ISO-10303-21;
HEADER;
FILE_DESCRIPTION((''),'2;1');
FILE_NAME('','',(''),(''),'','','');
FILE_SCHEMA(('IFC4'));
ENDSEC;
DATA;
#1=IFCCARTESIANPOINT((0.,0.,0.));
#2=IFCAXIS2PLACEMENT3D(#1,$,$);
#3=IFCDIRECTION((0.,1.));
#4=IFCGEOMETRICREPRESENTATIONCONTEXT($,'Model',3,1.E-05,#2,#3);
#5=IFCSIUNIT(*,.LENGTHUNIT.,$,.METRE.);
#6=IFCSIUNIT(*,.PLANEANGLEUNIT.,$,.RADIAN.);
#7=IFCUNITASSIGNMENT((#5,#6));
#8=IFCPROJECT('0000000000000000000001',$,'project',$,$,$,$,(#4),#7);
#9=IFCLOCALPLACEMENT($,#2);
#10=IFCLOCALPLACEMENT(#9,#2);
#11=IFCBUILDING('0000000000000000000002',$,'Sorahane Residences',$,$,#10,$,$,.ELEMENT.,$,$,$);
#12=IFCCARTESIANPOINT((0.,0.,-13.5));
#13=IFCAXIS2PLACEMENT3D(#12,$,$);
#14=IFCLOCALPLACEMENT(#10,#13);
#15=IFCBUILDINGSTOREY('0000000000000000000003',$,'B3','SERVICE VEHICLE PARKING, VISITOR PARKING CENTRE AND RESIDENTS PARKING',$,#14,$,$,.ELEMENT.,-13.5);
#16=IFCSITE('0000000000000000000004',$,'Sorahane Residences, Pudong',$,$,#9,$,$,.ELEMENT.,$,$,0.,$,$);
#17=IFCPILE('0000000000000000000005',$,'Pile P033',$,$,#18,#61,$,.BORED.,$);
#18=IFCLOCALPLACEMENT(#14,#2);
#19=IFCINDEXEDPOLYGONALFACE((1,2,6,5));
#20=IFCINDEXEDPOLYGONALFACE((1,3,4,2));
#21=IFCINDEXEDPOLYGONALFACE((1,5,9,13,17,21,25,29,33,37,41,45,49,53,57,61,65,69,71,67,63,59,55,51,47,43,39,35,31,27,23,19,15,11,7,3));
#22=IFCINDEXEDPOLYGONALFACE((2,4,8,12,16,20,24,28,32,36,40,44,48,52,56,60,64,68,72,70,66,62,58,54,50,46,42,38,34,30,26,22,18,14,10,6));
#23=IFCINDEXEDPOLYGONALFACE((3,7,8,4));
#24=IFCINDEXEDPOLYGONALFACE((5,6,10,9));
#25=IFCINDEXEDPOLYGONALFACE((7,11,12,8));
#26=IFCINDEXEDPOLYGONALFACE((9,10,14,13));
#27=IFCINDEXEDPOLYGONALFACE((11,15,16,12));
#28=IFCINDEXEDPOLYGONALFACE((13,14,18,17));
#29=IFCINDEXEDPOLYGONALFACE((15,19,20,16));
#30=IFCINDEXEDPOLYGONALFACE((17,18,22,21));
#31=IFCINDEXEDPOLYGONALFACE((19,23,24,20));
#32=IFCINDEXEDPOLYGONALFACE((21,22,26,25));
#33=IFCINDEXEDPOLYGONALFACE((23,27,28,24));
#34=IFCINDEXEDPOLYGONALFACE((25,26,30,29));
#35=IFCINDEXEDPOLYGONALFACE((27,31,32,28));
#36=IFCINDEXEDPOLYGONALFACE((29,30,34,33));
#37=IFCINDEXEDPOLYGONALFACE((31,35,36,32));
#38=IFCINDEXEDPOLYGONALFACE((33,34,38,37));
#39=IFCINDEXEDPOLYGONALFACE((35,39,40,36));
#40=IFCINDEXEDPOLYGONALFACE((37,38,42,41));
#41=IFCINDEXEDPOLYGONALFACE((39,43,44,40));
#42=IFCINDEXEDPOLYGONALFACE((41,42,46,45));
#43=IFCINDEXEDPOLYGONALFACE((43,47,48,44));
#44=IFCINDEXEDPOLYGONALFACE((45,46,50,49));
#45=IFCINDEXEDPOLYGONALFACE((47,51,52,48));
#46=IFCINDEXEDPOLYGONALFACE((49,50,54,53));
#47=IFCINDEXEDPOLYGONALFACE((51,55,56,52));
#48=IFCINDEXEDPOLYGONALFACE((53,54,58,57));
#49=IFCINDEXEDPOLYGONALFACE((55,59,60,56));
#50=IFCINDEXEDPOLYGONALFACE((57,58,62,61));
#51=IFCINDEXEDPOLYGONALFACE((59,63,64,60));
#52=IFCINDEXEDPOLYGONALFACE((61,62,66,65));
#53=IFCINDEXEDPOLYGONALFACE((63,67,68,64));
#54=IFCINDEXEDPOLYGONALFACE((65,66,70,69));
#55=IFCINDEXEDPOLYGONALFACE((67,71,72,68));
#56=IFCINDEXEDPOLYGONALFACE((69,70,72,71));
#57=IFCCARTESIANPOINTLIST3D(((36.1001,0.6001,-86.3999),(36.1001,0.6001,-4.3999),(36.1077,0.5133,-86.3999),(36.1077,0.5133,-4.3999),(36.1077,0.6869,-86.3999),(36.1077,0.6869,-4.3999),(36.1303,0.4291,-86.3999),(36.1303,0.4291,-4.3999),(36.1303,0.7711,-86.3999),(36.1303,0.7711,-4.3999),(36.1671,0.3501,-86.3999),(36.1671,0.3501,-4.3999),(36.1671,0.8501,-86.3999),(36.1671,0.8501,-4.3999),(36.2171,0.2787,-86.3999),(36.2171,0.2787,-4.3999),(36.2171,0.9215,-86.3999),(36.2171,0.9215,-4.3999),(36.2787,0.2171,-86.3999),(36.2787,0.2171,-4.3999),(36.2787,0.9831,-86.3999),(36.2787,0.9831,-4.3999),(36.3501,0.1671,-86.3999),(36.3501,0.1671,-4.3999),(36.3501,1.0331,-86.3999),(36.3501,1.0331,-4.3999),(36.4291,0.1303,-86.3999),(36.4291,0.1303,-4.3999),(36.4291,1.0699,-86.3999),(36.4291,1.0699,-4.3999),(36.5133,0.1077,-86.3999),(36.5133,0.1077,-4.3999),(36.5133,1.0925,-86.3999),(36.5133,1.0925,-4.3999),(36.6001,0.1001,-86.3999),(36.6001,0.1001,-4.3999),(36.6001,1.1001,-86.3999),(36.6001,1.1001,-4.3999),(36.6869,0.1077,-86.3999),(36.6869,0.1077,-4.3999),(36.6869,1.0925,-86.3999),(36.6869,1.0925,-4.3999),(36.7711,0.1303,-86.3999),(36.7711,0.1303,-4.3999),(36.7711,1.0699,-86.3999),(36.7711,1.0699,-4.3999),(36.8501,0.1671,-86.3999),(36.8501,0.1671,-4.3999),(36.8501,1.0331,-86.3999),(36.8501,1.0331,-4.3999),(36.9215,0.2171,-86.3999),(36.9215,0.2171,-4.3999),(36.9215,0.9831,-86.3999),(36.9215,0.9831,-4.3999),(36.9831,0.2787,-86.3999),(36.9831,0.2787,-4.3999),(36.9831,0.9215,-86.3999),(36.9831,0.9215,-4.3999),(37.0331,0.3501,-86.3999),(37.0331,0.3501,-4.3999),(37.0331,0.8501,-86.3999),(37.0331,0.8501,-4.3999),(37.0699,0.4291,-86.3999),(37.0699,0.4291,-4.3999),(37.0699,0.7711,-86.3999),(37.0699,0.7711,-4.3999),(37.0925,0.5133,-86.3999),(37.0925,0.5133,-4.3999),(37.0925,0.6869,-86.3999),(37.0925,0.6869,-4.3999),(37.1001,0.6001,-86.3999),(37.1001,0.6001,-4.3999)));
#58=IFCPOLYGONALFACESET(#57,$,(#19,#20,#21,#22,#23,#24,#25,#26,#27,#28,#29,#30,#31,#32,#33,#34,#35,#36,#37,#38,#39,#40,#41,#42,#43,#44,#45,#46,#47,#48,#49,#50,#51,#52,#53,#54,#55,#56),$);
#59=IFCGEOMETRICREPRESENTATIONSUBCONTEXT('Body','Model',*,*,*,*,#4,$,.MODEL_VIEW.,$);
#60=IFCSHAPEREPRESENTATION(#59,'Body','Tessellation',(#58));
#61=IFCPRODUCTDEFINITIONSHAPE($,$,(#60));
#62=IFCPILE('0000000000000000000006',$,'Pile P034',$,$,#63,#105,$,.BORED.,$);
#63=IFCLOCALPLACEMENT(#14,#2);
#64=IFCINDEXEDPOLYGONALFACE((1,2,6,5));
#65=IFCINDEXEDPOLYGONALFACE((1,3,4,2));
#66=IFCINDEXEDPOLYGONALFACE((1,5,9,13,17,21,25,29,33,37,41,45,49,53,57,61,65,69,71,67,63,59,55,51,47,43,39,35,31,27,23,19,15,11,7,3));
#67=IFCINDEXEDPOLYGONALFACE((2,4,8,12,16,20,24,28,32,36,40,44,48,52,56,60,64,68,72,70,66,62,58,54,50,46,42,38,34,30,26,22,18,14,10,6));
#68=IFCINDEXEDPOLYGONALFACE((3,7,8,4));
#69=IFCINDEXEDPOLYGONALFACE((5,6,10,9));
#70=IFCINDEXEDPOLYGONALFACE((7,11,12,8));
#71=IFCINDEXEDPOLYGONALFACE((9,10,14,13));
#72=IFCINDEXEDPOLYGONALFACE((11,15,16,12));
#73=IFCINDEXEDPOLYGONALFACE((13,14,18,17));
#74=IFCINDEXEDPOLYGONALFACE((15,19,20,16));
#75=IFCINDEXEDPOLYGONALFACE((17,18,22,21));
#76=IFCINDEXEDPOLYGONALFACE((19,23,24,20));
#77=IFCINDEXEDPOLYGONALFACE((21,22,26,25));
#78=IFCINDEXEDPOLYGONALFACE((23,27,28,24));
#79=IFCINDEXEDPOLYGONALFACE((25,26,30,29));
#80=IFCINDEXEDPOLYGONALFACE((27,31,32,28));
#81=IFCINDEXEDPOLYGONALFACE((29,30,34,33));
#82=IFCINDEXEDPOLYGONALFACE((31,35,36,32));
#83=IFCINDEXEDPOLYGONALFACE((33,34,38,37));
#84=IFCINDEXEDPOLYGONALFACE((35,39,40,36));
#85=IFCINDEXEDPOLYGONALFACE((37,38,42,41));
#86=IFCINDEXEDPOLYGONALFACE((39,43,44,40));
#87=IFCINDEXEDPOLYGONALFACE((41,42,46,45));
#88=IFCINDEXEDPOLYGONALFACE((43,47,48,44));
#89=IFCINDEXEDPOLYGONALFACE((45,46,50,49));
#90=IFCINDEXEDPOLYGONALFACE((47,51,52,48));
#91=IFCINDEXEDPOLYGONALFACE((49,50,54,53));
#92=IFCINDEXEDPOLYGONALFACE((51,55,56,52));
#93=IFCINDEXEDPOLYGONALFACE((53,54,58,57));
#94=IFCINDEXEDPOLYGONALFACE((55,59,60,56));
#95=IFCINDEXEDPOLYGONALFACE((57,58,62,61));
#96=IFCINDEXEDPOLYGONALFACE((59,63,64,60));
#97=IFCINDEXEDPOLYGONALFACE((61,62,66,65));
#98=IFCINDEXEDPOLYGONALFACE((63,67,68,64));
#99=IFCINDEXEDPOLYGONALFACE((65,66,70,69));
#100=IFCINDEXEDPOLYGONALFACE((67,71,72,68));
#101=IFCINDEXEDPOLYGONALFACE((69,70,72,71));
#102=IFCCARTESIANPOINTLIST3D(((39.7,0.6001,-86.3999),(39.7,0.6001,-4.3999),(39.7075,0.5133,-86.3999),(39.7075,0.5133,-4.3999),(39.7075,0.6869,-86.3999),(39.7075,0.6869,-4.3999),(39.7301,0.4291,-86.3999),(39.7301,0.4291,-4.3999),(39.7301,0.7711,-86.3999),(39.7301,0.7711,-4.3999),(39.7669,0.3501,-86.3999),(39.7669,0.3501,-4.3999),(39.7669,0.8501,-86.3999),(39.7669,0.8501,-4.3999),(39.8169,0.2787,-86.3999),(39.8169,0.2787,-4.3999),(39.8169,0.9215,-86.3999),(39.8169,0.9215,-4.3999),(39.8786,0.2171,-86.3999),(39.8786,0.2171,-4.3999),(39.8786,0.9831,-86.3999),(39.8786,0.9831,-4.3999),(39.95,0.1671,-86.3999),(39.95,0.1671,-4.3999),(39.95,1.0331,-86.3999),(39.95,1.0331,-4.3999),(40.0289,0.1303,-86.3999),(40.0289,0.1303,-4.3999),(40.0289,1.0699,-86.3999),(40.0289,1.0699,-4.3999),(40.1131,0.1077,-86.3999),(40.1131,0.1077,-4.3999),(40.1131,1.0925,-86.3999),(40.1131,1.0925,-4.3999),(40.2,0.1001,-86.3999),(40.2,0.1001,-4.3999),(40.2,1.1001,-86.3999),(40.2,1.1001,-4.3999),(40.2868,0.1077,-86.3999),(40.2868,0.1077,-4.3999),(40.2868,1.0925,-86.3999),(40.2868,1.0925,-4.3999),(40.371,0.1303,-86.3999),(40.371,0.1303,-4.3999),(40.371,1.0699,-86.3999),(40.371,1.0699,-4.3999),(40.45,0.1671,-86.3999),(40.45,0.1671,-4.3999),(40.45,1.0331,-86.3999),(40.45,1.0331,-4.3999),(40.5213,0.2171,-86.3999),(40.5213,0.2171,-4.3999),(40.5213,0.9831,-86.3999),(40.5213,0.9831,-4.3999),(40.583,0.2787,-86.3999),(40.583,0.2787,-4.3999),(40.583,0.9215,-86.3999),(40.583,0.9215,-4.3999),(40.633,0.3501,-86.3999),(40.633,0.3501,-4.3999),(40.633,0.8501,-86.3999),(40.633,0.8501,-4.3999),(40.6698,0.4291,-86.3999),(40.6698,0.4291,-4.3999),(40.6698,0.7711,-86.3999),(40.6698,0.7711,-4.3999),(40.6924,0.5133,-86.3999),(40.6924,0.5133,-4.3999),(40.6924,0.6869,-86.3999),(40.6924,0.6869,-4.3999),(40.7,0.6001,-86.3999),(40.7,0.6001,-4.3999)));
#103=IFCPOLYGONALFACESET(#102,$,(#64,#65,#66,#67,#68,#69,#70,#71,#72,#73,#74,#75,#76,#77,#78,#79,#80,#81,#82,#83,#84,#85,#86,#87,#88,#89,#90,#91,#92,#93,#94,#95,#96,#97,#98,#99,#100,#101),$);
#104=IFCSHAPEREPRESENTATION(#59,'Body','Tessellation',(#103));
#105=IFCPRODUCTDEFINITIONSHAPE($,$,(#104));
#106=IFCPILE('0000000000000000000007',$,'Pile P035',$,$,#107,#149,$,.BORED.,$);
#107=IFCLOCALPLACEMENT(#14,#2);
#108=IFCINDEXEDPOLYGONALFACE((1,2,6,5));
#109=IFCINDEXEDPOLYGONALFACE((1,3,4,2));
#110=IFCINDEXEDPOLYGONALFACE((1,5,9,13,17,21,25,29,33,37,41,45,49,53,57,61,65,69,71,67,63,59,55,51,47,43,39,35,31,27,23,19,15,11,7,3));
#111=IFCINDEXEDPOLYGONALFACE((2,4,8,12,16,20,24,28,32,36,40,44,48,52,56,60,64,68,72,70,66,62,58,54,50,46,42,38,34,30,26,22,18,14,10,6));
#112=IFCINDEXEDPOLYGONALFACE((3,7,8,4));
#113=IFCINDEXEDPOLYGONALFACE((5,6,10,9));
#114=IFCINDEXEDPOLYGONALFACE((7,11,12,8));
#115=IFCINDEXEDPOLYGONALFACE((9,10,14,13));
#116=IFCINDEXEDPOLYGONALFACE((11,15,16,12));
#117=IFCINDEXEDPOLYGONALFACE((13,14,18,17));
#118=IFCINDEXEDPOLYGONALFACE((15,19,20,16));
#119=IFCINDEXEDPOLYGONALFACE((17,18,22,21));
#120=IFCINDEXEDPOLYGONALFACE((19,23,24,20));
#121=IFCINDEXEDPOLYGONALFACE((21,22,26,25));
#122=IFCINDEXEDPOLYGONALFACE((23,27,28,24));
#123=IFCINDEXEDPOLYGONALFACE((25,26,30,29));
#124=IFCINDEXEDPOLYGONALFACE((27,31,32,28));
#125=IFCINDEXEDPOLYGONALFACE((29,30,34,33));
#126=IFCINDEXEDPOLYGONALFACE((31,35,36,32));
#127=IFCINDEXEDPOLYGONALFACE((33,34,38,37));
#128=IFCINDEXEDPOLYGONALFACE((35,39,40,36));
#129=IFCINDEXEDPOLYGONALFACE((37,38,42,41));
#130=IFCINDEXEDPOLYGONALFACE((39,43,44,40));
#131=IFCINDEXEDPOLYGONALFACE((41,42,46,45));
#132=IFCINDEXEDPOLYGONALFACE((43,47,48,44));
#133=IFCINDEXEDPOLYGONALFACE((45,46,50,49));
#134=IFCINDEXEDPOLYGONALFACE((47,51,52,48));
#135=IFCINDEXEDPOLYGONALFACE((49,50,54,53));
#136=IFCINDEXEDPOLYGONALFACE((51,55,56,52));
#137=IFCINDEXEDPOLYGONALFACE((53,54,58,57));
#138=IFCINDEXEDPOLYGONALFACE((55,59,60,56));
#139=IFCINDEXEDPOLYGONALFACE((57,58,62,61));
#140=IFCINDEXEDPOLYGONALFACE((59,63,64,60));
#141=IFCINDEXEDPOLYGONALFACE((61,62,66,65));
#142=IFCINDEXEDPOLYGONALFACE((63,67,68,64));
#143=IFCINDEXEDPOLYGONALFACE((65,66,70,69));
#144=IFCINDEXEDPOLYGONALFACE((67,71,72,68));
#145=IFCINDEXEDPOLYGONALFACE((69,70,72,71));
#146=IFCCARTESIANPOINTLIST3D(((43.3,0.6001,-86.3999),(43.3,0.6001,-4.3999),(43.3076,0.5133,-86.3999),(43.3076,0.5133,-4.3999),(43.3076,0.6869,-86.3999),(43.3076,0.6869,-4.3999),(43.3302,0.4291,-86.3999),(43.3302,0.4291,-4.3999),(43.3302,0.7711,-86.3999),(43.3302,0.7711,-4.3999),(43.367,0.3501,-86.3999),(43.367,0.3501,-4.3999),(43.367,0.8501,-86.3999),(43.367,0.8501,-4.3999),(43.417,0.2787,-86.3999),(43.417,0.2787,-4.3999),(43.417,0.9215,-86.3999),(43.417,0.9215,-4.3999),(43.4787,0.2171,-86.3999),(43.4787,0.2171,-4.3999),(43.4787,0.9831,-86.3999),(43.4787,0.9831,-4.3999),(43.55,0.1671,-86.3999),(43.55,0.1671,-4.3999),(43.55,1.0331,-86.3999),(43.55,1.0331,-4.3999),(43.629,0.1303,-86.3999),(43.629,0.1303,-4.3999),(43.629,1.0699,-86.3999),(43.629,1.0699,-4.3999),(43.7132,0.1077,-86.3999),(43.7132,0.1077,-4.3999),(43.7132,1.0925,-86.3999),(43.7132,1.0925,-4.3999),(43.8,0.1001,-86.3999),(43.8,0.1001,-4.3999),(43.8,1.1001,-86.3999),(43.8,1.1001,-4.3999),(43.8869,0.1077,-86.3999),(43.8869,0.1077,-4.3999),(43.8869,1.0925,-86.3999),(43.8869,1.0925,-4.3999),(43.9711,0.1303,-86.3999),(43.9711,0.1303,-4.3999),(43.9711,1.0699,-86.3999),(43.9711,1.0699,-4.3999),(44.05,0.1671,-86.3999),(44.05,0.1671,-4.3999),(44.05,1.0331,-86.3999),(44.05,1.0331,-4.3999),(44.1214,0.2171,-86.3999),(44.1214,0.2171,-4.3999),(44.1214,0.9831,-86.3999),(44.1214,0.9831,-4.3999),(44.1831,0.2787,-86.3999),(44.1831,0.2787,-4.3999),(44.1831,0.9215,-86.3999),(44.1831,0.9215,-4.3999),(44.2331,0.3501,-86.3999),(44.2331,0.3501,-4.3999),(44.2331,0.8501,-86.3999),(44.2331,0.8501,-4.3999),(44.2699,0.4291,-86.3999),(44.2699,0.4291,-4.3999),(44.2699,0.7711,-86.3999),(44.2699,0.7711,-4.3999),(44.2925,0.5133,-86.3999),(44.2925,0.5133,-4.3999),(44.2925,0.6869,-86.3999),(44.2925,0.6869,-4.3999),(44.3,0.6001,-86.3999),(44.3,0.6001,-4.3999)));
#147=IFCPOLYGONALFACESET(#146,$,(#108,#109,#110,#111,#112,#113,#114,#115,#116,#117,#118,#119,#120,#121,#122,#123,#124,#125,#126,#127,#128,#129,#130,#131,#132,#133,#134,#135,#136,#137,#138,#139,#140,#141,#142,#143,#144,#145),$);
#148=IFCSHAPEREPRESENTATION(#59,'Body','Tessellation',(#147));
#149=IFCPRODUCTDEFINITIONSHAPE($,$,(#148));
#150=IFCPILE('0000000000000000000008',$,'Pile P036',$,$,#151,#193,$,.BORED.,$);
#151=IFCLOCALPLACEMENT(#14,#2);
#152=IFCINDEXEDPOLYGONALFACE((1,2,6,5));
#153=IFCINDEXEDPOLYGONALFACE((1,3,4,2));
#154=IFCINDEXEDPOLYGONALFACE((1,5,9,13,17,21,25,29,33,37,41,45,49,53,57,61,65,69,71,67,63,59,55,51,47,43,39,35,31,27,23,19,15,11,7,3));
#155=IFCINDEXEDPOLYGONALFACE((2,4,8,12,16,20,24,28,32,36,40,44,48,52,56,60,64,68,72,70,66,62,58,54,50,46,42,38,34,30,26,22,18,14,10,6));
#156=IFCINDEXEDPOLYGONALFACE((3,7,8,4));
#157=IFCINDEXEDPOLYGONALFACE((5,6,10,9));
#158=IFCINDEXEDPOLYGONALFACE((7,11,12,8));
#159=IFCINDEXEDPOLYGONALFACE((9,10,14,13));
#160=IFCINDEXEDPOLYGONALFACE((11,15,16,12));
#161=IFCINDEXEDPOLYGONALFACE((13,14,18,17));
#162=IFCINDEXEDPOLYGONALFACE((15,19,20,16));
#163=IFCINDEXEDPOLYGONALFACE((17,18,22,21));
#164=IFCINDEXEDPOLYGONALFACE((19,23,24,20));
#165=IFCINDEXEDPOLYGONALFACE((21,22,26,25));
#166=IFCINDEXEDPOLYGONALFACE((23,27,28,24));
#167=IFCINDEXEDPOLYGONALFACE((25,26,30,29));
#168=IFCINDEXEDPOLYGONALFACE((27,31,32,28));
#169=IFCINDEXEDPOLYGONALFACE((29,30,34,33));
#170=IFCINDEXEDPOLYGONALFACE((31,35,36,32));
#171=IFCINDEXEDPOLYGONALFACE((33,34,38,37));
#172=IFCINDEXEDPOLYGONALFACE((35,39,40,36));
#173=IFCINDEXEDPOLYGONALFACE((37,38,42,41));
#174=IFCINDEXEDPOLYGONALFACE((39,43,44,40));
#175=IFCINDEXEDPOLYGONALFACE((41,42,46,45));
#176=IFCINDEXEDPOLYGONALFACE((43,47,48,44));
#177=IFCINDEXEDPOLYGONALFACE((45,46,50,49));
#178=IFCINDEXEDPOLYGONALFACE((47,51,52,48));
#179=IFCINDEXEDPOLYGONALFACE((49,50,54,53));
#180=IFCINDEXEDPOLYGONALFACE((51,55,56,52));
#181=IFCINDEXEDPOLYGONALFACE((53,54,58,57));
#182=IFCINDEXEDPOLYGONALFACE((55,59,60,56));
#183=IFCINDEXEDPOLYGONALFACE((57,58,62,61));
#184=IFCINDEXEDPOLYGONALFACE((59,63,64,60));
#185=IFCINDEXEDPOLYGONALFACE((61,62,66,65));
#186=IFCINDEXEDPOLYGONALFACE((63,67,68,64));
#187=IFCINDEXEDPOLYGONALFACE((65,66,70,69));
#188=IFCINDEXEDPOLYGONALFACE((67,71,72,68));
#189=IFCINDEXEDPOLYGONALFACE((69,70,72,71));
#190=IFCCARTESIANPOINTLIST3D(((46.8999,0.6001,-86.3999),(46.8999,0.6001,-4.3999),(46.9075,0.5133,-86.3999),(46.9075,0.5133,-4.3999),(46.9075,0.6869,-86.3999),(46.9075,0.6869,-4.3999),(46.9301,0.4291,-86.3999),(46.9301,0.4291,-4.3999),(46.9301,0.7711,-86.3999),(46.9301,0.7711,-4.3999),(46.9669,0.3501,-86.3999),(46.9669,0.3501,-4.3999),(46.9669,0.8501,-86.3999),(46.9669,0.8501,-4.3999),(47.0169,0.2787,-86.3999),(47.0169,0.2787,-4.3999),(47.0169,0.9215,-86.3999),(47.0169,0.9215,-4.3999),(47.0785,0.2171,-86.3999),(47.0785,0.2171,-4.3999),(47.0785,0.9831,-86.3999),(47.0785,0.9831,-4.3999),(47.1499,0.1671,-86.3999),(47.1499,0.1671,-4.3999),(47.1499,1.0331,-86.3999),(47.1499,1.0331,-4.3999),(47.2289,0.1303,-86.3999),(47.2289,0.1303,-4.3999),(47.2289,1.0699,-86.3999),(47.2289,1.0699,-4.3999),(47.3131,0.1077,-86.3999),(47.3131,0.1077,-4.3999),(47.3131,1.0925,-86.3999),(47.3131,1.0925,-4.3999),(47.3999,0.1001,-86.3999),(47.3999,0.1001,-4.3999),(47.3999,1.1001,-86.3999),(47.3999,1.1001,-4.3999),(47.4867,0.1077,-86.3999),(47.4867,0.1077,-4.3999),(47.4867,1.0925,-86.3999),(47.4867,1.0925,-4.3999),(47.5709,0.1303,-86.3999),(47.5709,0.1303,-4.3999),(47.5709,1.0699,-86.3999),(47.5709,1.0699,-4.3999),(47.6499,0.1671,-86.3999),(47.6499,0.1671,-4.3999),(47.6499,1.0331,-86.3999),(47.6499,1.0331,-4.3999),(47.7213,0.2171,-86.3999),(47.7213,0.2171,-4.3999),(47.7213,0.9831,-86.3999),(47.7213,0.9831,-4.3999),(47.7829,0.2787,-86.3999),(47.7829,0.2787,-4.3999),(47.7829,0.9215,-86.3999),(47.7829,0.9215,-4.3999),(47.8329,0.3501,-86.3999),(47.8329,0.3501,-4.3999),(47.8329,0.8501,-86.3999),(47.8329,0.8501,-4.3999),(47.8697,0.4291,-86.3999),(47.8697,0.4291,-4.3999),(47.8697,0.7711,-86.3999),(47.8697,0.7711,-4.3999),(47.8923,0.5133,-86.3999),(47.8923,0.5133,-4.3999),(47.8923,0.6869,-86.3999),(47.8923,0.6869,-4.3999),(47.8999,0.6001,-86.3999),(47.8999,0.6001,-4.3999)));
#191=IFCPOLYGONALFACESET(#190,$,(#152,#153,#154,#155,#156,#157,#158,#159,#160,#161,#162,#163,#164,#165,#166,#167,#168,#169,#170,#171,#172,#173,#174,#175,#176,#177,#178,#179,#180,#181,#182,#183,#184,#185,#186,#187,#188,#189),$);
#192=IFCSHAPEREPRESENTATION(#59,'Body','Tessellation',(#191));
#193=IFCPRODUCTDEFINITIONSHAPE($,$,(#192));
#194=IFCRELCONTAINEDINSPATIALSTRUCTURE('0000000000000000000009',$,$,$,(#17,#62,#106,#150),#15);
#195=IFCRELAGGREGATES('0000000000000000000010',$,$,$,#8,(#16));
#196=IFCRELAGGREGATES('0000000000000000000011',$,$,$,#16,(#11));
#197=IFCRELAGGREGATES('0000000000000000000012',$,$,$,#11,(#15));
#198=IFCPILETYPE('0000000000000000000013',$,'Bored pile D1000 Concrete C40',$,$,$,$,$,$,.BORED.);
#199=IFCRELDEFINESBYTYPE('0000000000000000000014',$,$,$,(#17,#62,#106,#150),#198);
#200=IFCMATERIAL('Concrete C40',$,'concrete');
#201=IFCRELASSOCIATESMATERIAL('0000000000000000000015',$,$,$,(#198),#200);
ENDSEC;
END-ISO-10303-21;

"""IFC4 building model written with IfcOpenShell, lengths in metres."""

from ifc_helpers import new_model, si_unit, direction, frame, origin, origin_2d, place, context, subcontext, project, spatial, circle, extrude, material, material_profile, profile_set, type_object, element, save


model = new_model("IFC4")

# Units and contexts
model_context = context("Model", 3, precision=1e-05, world=origin(), true_north=direction((0.0, 1.0)))
body_context = subcontext(model_context, "Body", "Model", "MODEL_VIEW")
ifc_project = project(units=[si_unit("LENGTHUNIT", "METRE"), si_unit("PLANEANGLEUNIT", "RADIAN")], contexts=[model_context])

# Site, building, storey
site_placement = place(None, origin())
site = spatial("IfcSite", under=ifc_project, at=site_placement, Name="Sorahane Residences, Pudong", CompositionType="ELEMENT", RefElevation=0.0)
building_placement = place(site_placement, origin())
building = spatial("IfcBuilding", under=site, at=building_placement, Name="Sorahane Residences", CompositionType="ELEMENT")
storey_placement = place(building_placement, frame((0.0, 0.0, -13.5)))
storey = spatial("IfcBuildingStorey", under=building, at=storey_placement, Name="B3", Description="SERVICE VEHICLE PARKING, VISITOR PARKING CENTRE AND RESIDENTS PARKING", CompositionType="ELEMENT", Elevation=-13.5)

# Piles
ifc_material_1 = material(Name="Concrete C40", Category="concrete")
ifc_material_profile_1 = material_profile(ifc_material_1, circle(Radius=0.5, at=origin_2d()), Name="D1000")
ifc_profile_set_1 = profile_set([ifc_material_profile_1], Name="Concrete C40")
pile_type = type_object("IfcPileType", Name="Bored pile D1000 Concrete C40", PredefinedType="BORED", material=ifc_profile_set_1)
for number, where, z_axis, x_axis, name in (
    (1, (36.6001, 0.6001, -4.3999), (0.0, 0.0, -1.0), (1.0, 0.0, 0.0), "Pile P033"),
    (2, (40.2, 0.6001, -4.3999), (0.0, 0.0, -1.0), (1.0, 0.0, 0.0), "Pile P034"),
    (3, (43.8, 0.6001, -4.3999), (0.0, 0.0, -1.0), (1.0, 0.0, 0.0), "Pile P035"),
    (4, (47.3999, 0.6001, -4.3999), (0.0, 0.0, -1.0), (1.0, 0.0, 0.0), "Pile P036"),
):
    element("IfcPile", number, at=place(storey_placement, frame(where, z_axis=z_axis, x_axis=x_axis)), inside=storey, type_object=pile_type, Name=name, PredefinedType="BORED", context=body_context, shape_type="SweptSolid", body=[
        extrude(circle(Radius=0.5, at=origin_2d()), origin(), (0.0, 0.0, 1.0), 82.0),
    ])

save(model, "model.ifc")
